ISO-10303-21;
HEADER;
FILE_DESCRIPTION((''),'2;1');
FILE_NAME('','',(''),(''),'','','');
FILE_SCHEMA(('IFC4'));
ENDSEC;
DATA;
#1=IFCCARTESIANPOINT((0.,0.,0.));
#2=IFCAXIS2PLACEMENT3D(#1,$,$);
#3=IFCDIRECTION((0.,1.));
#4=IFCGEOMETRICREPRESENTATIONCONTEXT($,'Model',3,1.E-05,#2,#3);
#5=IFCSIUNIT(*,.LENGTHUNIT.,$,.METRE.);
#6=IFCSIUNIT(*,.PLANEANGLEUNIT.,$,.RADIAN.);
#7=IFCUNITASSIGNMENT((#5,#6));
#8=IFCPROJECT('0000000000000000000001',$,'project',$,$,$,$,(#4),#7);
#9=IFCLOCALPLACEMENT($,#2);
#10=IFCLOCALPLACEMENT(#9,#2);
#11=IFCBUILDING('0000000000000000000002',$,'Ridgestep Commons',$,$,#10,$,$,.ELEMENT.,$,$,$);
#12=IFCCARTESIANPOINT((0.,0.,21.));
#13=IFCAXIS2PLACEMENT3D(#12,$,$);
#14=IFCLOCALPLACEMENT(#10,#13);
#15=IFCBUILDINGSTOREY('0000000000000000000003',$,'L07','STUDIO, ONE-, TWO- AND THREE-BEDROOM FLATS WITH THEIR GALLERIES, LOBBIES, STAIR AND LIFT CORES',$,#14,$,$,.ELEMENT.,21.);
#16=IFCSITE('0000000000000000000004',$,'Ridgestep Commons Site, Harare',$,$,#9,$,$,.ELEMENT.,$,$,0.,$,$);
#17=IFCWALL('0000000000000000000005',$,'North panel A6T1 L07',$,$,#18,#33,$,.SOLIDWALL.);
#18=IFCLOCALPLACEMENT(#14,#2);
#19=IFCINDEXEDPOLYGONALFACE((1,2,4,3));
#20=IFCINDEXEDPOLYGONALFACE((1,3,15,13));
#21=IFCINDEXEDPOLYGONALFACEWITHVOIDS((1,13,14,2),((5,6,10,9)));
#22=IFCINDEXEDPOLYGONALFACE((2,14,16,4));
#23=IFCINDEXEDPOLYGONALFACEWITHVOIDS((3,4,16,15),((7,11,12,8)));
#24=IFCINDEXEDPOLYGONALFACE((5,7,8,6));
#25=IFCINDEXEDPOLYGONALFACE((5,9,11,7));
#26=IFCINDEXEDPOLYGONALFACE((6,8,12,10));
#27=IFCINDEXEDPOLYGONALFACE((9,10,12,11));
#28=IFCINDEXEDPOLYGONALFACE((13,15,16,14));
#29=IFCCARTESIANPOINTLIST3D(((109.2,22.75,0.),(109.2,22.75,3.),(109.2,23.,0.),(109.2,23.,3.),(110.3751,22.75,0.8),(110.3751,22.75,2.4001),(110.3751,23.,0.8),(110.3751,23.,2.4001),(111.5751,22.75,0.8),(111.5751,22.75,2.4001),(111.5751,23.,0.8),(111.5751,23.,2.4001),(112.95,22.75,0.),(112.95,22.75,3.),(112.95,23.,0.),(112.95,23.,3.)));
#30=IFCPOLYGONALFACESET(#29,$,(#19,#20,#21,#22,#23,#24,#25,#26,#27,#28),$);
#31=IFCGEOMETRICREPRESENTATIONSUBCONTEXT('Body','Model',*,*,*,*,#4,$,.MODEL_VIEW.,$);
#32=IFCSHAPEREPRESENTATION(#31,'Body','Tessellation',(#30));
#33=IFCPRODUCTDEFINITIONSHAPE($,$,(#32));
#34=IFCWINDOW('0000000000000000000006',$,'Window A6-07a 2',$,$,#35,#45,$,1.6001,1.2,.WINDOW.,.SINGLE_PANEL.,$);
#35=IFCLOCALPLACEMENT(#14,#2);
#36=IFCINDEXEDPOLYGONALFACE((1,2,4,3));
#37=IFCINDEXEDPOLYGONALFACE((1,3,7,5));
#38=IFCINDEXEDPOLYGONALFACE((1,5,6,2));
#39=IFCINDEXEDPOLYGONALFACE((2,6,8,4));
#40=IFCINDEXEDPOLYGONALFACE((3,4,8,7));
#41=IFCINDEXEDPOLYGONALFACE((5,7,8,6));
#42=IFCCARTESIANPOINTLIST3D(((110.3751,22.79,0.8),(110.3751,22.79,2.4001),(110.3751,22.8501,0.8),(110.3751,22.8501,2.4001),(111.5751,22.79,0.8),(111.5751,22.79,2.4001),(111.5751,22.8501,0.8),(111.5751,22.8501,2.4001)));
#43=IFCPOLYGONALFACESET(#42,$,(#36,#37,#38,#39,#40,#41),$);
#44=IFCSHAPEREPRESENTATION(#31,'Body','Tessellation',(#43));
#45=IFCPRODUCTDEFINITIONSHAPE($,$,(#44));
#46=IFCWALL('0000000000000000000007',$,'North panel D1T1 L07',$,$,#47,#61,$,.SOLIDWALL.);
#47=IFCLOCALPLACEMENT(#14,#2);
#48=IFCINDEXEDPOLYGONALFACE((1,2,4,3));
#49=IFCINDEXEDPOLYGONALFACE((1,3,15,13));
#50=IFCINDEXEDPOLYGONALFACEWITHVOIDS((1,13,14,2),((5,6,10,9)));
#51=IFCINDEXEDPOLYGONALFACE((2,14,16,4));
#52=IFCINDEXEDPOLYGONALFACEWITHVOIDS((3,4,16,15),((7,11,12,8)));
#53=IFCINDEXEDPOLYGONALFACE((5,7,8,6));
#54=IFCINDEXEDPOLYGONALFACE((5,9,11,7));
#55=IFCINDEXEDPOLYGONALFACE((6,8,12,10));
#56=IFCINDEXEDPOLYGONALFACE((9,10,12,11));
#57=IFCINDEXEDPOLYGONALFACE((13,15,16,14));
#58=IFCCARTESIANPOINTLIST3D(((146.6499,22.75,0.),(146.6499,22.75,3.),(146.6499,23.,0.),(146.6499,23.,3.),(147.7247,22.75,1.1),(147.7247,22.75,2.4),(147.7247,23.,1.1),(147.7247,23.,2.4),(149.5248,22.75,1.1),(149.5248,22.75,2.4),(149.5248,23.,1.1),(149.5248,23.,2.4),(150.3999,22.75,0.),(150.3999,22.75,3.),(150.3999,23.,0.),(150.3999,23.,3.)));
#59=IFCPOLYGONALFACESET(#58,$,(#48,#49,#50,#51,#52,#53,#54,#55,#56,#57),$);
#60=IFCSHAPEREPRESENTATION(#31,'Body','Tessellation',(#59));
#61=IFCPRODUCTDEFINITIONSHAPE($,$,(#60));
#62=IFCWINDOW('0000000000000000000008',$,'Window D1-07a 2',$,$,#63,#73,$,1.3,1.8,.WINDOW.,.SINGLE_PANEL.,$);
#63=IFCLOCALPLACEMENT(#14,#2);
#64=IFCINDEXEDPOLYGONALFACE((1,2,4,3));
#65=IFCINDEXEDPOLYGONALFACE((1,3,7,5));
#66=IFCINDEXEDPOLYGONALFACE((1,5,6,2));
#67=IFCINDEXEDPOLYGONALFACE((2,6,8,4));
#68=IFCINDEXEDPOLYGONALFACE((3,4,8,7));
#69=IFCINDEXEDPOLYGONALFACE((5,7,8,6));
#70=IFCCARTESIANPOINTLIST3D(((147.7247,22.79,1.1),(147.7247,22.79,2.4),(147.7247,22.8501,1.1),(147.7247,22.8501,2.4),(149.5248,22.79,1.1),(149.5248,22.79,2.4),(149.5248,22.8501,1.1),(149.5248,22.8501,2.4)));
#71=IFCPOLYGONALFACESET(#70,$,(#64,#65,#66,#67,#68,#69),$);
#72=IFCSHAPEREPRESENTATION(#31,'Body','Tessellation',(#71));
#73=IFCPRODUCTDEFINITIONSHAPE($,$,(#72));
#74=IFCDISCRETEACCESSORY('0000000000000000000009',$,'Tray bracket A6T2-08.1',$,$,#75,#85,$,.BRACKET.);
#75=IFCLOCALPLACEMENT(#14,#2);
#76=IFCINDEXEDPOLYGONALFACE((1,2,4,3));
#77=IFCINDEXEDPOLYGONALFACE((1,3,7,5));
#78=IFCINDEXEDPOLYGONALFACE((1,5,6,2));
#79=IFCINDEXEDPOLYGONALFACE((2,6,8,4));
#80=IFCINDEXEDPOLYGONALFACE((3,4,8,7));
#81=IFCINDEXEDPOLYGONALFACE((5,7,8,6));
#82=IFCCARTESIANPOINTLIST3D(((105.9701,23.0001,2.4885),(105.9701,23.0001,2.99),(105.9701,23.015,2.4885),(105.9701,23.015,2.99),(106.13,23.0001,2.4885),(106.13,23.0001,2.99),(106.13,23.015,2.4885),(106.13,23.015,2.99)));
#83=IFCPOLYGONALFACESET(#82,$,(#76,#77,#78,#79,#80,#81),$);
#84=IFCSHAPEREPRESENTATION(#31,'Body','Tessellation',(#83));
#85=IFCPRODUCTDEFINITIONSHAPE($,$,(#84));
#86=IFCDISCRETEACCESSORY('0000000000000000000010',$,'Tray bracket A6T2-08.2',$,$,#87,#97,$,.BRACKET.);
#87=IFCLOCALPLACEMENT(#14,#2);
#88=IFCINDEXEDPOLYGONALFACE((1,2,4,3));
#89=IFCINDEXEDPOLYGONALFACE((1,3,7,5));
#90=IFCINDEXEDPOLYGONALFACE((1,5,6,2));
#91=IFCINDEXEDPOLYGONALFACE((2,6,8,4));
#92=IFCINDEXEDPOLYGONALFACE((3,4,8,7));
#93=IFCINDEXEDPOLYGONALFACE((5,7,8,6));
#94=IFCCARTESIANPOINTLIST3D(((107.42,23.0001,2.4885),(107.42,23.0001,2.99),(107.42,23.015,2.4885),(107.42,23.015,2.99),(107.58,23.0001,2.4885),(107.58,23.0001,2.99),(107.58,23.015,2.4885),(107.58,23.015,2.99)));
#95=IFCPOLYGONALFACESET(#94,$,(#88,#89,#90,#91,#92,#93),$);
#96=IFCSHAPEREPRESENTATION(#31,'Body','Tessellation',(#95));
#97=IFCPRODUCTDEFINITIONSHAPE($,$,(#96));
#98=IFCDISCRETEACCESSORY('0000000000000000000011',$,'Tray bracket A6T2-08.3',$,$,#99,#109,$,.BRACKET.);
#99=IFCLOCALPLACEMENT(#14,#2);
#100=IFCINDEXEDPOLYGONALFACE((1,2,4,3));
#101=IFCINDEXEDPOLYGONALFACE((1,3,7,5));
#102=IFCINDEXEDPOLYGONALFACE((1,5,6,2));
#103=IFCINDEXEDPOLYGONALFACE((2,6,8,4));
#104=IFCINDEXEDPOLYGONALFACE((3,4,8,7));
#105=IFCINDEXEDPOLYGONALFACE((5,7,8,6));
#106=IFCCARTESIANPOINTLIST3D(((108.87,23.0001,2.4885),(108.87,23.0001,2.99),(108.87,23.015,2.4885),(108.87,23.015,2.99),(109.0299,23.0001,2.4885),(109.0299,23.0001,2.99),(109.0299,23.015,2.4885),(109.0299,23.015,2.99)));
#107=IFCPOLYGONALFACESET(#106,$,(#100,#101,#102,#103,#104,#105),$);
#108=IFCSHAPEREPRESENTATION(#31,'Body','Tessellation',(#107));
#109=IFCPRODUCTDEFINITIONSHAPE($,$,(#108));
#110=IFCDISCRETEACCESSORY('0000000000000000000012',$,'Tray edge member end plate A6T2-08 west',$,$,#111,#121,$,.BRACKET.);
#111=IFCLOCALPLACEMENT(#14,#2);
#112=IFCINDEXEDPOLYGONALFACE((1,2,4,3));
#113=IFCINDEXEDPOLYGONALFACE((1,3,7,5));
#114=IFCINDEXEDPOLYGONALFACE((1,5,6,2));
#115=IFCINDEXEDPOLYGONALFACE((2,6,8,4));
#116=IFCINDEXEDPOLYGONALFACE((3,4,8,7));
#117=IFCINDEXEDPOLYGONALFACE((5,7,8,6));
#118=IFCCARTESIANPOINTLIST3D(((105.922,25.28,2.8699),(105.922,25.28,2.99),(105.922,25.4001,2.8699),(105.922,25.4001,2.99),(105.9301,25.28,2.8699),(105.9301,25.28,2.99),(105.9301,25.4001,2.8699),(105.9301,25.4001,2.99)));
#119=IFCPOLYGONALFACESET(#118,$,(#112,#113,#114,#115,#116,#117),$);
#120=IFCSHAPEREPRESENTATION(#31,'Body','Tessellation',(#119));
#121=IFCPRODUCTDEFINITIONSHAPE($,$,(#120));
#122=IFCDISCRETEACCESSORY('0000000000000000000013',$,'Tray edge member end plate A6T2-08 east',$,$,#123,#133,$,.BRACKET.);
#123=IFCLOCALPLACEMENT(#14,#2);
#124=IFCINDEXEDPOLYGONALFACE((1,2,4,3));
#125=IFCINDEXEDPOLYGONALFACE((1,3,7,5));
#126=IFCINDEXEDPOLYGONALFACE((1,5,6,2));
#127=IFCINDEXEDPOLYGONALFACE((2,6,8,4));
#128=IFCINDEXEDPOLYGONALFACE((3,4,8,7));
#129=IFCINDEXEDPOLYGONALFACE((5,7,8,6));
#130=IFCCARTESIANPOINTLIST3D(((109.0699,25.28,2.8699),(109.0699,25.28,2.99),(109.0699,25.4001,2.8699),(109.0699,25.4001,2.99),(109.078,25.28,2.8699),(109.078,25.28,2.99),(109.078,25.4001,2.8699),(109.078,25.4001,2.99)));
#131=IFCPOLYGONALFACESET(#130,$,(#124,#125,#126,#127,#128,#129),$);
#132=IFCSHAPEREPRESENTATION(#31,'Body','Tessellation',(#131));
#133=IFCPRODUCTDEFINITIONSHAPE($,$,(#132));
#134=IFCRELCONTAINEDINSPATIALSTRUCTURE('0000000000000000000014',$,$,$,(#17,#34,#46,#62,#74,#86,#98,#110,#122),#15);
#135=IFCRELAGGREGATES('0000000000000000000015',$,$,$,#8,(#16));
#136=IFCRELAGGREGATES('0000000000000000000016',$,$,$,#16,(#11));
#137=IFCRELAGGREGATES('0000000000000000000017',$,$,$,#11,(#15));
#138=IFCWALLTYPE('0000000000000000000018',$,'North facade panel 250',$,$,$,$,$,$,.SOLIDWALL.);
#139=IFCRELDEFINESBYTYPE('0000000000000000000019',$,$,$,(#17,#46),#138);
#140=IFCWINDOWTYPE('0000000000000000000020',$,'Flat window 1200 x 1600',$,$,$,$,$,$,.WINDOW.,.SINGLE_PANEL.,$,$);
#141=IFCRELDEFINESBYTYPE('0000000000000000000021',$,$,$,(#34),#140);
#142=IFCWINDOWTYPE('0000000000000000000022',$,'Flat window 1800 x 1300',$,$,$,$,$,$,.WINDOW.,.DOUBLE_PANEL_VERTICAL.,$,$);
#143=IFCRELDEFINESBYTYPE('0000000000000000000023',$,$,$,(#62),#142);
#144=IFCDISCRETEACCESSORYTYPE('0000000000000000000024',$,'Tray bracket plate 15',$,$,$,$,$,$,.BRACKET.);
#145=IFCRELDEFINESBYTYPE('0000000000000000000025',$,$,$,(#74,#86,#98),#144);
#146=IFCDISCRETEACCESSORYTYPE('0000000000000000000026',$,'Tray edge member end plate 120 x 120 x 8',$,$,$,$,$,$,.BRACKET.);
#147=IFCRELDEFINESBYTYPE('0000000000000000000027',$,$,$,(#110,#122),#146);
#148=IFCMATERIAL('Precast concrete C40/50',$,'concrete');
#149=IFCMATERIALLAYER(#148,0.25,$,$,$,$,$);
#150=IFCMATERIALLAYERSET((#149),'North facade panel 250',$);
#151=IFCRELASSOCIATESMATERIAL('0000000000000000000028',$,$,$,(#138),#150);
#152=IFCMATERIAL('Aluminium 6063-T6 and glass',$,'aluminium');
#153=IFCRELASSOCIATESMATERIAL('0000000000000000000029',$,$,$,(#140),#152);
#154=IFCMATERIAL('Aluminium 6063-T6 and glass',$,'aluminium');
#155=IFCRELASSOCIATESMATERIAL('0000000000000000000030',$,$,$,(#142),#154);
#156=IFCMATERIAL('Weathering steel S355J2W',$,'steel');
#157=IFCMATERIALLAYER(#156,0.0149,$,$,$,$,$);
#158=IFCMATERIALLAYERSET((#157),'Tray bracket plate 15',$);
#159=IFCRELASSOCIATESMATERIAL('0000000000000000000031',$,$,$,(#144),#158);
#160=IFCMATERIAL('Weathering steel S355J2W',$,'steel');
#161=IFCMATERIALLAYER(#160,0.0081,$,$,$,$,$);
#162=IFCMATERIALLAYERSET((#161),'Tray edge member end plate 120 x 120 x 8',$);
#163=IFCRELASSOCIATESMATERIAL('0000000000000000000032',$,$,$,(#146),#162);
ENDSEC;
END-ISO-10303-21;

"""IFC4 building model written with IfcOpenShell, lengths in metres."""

from ifc_helpers import new_model, si_unit, direction, frame, frame_2d, origin, origin_2d, place, context, subcontext, project, spatial, rectangle, extrude, material, layer, layer_set, type_object, element, fill, save


model = new_model("IFC4")

# Units and contexts
model_context = context("Model", 3, precision=1e-05, world=origin(), true_north=direction((0.0, 1.0)))
body_context = subcontext(model_context, "Body", "Model", "MODEL_VIEW")
ifc_project = project(units=[si_unit("LENGTHUNIT", "METRE"), si_unit("PLANEANGLEUNIT", "RADIAN")], contexts=[model_context])

# Site, building, storey
site_placement = place(None, origin())
site = spatial("IfcSite", under=ifc_project, at=site_placement, Name="Ridgestep Commons Site, Harare", CompositionType="ELEMENT", RefElevation=0.0)
building_placement = place(site_placement, origin())
building = spatial("IfcBuilding", under=site, at=building_placement, Name="Ridgestep Commons", CompositionType="ELEMENT")
storey_placement = place(building_placement, frame((0.0, 0.0, 21.0)))
storey = spatial("IfcBuildingStorey", under=building, at=storey_placement, Name="L07", Description="STUDIO, ONE-, TWO- AND THREE-BEDROOM FLATS WITH THEIR GALLERIES, LOBBIES, STAIR AND LIFT CORES", CompositionType="ELEMENT", Elevation=21.0)

# Walls, openings, windows
ifc_material_1 = material(Name="Precast concrete C40/50", Category="concrete")
ifc_layer_1 = layer(ifc_material_1, 0.25)
ifc_layer_set_1 = layer_set([ifc_layer_1], Name="North facade panel 250")
wall_type_1 = type_object("IfcWallType", Name="North facade panel 250", PredefinedType="SOLIDWALL", material=ifc_layer_set_1)
ifc_material_2 = material(Name="Aluminium 6063-T6 and glass", Category="aluminium")
window_type_1 = type_object("IfcWindowType", Name="Flat window 1200 x 1600", PartitioningType="SINGLE_PANEL", PredefinedType="WINDOW", material=ifc_material_2)
wall_1_placement = place(storey_placement, frame((109.2, 22.875, 0.0), z_axis=(0.0, 0.0, 1.0), x_axis=(1.0, 0.0, 0.0)))
wall_1 = element("IfcWall", 1, at=wall_1_placement, inside=storey, type_object=wall_type_1, Name="North panel A6T1 L07", PredefinedType="SOLIDWALL", context=body_context, shape_type="SweptSolid", body=[
    extrude(rectangle(XDim=3.75, YDim=0.25, at=frame_2d((1.875, 0.0))), origin(), (0.0, 0.0, 1.0), 3.0),
])
opening_1_placement = place(wall_1_placement, frame((1.175, 0.0, 0.8)))
opening_1 = element("IfcOpeningElement", 2, at=opening_1_placement, cuts=wall_1, PredefinedType="OPENING", context=body_context, shape_type="SweptSolid", body=[
    extrude(rectangle(XDim=1.2, YDim=1.6001, at=frame_2d((0.6001, 0.8))), frame((0.0, 0.135, 0.0), z_axis=(0.0, -1.0, 0.0), x_axis=(1.0, 0.0, 0.0)), (0.0, 0.0, 1.0), 0.27),
])
window_1_placement = place(opening_1_placement, origin())
window_1 = element("IfcWindow", 3, at=window_1_placement, inside=storey, type_object=window_type_1, Name="Window A6-07a 2", OverallHeight=1.6001, OverallWidth=1.2, PartitioningType="SINGLE_PANEL", PredefinedType="WINDOW", context=body_context, shape_type="SweptSolid", body=[
    extrude(rectangle(XDim=1.2, YDim=1.6001, at=frame_2d((0.6001, 0.8))), frame((0.0, -0.0249, 0.0), z_axis=(0.0, -1.0, 0.0), x_axis=(1.0, 0.0, 0.0)), (0.0, 0.0, 1.0), 0.0601),
])
fill(opening_1, window_1)
wall_2_placement = place(storey_placement, frame((146.6499, 22.875, 0.0), z_axis=(0.0, 0.0, 1.0), x_axis=(1.0, 0.0, 0.0)))
wall_2 = element("IfcWall", 4, at=wall_2_placement, inside=storey, type_object=wall_type_1, Name="North panel D1T1 L07", PredefinedType="SOLIDWALL", context=body_context, shape_type="SweptSolid", body=[
    extrude(rectangle(XDim=3.75, YDim=0.25, at=frame_2d((1.875, 0.0))), origin(), (0.0, 0.0, 1.0), 3.0),
])
opening_2_placement = place(wall_2_placement, frame((1.075, 0.0, 1.1001)))
opening_2 = element("IfcOpeningElement", 5, at=opening_2_placement, cuts=wall_2, PredefinedType="OPENING", context=body_context, shape_type="SweptSolid", body=[
    extrude(rectangle(XDim=1.8, YDim=1.3, at=frame_2d((0.8999, 0.6499))), frame((0.0, 0.135, 0.0), z_axis=(0.0, -1.0, 0.0), x_axis=(1.0, 0.0, 0.0)), (0.0, 0.0, 1.0), 0.27),
])
ifc_material_3 = material(Name="Aluminium 6063-T6 and glass", Category="aluminium")
window_type_2 = type_object("IfcWindowType", Name="Flat window 1800 x 1300", PartitioningType="DOUBLE_PANEL_VERTICAL", PredefinedType="WINDOW", material=ifc_material_3)
window_2_placement = place(opening_2_placement, origin())
window_2 = element("IfcWindow", 6, at=window_2_placement, inside=storey, type_object=window_type_2, Name="Window D1-07a 2", OverallHeight=1.3, OverallWidth=1.8, PartitioningType="SINGLE_PANEL", PredefinedType="WINDOW", context=body_context, shape_type="SweptSolid", body=[
    extrude(rectangle(XDim=1.8, YDim=1.3, at=frame_2d((0.8999, 0.6499))), frame((0.0, -0.0249, 0.0), z_axis=(0.0, -1.0, 0.0), x_axis=(1.0, 0.0, 0.0)), (0.0, 0.0, 1.0), 0.0601),
])
fill(opening_2, window_2)

# Discrete accessories
ifc_material_4 = material(Name="Weathering steel S355J2W", Category="steel")
ifc_layer_2 = layer(ifc_material_4, 0.0149)
ifc_layer_set_2 = layer_set([ifc_layer_2], Name="Tray bracket plate 15")
discrete_accessory_type_1 = type_object("IfcDiscreteAccessoryType", Name="Tray bracket plate 15", PredefinedType="BRACKET", material=ifc_layer_set_2)
for number, where, z_axis, x_axis, name in (
    (7, (106.05, 23.0076, 2.4885), (0.0, 0.0, 1.0), (1.0, 0.0, 0.0), "Tray bracket A6T2-08.1"),
    (8, (107.5, 23.0076, 2.4885), (0.0, 0.0, 1.0), (1.0, 0.0, 0.0), "Tray bracket A6T2-08.2"),
    (9, (108.95, 23.0076, 2.4885), (0.0, 0.0, 1.0), (1.0, 0.0, 0.0), "Tray bracket A6T2-08.3"),
):
    element("IfcDiscreteAccessory", number, at=place(storey_placement, frame(where, z_axis=z_axis, x_axis=x_axis)), inside=storey, type_object=discrete_accessory_type_1, Name=name, PredefinedType="BRACKET", context=body_context, shape_type="SweptSolid", body=[
        extrude(rectangle(XDim=0.1599, YDim=0.0149, at=origin_2d()), origin(), (0.0, 0.0, 1.0), 0.5015),
    ])
ifc_material_5 = material(Name="Weathering steel S355J2W", Category="steel")
ifc_layer_3 = layer(ifc_material_5, 0.0081)
ifc_layer_set_3 = layer_set([ifc_layer_3], Name="Tray edge member end plate 120 x 120 x 8")
discrete_accessory_type_2 = type_object("IfcDiscreteAccessoryType", Name="Tray edge member end plate 120 x 120 x 8", PredefinedType="BRACKET", material=ifc_layer_set_3)
for number, where, z_axis, x_axis, name in (
    (10, (105.926, 25.3401, 2.8699), (0.0, 0.0, 1.0), (1.0, 0.0, 0.0), "Tray edge member end plate A6T2-08 west"),
    (11, (109.074, 25.3401, 2.8699), (0.0, 0.0, 1.0), (1.0, 0.0, 0.0), "Tray edge member end plate A6T2-08 east"),
):
    element("IfcDiscreteAccessory", number, at=place(storey_placement, frame(where, z_axis=z_axis, x_axis=x_axis)), inside=storey, type_object=discrete_accessory_type_2, Name=name, PredefinedType="BRACKET", context=body_context, shape_type="SweptSolid", body=[
        extrude(rectangle(XDim=0.0081, YDim=0.1201, at=origin_2d()), origin(), (0.0, 0.0, 1.0), 0.1201),
    ])

save(model, "model.ifc")
